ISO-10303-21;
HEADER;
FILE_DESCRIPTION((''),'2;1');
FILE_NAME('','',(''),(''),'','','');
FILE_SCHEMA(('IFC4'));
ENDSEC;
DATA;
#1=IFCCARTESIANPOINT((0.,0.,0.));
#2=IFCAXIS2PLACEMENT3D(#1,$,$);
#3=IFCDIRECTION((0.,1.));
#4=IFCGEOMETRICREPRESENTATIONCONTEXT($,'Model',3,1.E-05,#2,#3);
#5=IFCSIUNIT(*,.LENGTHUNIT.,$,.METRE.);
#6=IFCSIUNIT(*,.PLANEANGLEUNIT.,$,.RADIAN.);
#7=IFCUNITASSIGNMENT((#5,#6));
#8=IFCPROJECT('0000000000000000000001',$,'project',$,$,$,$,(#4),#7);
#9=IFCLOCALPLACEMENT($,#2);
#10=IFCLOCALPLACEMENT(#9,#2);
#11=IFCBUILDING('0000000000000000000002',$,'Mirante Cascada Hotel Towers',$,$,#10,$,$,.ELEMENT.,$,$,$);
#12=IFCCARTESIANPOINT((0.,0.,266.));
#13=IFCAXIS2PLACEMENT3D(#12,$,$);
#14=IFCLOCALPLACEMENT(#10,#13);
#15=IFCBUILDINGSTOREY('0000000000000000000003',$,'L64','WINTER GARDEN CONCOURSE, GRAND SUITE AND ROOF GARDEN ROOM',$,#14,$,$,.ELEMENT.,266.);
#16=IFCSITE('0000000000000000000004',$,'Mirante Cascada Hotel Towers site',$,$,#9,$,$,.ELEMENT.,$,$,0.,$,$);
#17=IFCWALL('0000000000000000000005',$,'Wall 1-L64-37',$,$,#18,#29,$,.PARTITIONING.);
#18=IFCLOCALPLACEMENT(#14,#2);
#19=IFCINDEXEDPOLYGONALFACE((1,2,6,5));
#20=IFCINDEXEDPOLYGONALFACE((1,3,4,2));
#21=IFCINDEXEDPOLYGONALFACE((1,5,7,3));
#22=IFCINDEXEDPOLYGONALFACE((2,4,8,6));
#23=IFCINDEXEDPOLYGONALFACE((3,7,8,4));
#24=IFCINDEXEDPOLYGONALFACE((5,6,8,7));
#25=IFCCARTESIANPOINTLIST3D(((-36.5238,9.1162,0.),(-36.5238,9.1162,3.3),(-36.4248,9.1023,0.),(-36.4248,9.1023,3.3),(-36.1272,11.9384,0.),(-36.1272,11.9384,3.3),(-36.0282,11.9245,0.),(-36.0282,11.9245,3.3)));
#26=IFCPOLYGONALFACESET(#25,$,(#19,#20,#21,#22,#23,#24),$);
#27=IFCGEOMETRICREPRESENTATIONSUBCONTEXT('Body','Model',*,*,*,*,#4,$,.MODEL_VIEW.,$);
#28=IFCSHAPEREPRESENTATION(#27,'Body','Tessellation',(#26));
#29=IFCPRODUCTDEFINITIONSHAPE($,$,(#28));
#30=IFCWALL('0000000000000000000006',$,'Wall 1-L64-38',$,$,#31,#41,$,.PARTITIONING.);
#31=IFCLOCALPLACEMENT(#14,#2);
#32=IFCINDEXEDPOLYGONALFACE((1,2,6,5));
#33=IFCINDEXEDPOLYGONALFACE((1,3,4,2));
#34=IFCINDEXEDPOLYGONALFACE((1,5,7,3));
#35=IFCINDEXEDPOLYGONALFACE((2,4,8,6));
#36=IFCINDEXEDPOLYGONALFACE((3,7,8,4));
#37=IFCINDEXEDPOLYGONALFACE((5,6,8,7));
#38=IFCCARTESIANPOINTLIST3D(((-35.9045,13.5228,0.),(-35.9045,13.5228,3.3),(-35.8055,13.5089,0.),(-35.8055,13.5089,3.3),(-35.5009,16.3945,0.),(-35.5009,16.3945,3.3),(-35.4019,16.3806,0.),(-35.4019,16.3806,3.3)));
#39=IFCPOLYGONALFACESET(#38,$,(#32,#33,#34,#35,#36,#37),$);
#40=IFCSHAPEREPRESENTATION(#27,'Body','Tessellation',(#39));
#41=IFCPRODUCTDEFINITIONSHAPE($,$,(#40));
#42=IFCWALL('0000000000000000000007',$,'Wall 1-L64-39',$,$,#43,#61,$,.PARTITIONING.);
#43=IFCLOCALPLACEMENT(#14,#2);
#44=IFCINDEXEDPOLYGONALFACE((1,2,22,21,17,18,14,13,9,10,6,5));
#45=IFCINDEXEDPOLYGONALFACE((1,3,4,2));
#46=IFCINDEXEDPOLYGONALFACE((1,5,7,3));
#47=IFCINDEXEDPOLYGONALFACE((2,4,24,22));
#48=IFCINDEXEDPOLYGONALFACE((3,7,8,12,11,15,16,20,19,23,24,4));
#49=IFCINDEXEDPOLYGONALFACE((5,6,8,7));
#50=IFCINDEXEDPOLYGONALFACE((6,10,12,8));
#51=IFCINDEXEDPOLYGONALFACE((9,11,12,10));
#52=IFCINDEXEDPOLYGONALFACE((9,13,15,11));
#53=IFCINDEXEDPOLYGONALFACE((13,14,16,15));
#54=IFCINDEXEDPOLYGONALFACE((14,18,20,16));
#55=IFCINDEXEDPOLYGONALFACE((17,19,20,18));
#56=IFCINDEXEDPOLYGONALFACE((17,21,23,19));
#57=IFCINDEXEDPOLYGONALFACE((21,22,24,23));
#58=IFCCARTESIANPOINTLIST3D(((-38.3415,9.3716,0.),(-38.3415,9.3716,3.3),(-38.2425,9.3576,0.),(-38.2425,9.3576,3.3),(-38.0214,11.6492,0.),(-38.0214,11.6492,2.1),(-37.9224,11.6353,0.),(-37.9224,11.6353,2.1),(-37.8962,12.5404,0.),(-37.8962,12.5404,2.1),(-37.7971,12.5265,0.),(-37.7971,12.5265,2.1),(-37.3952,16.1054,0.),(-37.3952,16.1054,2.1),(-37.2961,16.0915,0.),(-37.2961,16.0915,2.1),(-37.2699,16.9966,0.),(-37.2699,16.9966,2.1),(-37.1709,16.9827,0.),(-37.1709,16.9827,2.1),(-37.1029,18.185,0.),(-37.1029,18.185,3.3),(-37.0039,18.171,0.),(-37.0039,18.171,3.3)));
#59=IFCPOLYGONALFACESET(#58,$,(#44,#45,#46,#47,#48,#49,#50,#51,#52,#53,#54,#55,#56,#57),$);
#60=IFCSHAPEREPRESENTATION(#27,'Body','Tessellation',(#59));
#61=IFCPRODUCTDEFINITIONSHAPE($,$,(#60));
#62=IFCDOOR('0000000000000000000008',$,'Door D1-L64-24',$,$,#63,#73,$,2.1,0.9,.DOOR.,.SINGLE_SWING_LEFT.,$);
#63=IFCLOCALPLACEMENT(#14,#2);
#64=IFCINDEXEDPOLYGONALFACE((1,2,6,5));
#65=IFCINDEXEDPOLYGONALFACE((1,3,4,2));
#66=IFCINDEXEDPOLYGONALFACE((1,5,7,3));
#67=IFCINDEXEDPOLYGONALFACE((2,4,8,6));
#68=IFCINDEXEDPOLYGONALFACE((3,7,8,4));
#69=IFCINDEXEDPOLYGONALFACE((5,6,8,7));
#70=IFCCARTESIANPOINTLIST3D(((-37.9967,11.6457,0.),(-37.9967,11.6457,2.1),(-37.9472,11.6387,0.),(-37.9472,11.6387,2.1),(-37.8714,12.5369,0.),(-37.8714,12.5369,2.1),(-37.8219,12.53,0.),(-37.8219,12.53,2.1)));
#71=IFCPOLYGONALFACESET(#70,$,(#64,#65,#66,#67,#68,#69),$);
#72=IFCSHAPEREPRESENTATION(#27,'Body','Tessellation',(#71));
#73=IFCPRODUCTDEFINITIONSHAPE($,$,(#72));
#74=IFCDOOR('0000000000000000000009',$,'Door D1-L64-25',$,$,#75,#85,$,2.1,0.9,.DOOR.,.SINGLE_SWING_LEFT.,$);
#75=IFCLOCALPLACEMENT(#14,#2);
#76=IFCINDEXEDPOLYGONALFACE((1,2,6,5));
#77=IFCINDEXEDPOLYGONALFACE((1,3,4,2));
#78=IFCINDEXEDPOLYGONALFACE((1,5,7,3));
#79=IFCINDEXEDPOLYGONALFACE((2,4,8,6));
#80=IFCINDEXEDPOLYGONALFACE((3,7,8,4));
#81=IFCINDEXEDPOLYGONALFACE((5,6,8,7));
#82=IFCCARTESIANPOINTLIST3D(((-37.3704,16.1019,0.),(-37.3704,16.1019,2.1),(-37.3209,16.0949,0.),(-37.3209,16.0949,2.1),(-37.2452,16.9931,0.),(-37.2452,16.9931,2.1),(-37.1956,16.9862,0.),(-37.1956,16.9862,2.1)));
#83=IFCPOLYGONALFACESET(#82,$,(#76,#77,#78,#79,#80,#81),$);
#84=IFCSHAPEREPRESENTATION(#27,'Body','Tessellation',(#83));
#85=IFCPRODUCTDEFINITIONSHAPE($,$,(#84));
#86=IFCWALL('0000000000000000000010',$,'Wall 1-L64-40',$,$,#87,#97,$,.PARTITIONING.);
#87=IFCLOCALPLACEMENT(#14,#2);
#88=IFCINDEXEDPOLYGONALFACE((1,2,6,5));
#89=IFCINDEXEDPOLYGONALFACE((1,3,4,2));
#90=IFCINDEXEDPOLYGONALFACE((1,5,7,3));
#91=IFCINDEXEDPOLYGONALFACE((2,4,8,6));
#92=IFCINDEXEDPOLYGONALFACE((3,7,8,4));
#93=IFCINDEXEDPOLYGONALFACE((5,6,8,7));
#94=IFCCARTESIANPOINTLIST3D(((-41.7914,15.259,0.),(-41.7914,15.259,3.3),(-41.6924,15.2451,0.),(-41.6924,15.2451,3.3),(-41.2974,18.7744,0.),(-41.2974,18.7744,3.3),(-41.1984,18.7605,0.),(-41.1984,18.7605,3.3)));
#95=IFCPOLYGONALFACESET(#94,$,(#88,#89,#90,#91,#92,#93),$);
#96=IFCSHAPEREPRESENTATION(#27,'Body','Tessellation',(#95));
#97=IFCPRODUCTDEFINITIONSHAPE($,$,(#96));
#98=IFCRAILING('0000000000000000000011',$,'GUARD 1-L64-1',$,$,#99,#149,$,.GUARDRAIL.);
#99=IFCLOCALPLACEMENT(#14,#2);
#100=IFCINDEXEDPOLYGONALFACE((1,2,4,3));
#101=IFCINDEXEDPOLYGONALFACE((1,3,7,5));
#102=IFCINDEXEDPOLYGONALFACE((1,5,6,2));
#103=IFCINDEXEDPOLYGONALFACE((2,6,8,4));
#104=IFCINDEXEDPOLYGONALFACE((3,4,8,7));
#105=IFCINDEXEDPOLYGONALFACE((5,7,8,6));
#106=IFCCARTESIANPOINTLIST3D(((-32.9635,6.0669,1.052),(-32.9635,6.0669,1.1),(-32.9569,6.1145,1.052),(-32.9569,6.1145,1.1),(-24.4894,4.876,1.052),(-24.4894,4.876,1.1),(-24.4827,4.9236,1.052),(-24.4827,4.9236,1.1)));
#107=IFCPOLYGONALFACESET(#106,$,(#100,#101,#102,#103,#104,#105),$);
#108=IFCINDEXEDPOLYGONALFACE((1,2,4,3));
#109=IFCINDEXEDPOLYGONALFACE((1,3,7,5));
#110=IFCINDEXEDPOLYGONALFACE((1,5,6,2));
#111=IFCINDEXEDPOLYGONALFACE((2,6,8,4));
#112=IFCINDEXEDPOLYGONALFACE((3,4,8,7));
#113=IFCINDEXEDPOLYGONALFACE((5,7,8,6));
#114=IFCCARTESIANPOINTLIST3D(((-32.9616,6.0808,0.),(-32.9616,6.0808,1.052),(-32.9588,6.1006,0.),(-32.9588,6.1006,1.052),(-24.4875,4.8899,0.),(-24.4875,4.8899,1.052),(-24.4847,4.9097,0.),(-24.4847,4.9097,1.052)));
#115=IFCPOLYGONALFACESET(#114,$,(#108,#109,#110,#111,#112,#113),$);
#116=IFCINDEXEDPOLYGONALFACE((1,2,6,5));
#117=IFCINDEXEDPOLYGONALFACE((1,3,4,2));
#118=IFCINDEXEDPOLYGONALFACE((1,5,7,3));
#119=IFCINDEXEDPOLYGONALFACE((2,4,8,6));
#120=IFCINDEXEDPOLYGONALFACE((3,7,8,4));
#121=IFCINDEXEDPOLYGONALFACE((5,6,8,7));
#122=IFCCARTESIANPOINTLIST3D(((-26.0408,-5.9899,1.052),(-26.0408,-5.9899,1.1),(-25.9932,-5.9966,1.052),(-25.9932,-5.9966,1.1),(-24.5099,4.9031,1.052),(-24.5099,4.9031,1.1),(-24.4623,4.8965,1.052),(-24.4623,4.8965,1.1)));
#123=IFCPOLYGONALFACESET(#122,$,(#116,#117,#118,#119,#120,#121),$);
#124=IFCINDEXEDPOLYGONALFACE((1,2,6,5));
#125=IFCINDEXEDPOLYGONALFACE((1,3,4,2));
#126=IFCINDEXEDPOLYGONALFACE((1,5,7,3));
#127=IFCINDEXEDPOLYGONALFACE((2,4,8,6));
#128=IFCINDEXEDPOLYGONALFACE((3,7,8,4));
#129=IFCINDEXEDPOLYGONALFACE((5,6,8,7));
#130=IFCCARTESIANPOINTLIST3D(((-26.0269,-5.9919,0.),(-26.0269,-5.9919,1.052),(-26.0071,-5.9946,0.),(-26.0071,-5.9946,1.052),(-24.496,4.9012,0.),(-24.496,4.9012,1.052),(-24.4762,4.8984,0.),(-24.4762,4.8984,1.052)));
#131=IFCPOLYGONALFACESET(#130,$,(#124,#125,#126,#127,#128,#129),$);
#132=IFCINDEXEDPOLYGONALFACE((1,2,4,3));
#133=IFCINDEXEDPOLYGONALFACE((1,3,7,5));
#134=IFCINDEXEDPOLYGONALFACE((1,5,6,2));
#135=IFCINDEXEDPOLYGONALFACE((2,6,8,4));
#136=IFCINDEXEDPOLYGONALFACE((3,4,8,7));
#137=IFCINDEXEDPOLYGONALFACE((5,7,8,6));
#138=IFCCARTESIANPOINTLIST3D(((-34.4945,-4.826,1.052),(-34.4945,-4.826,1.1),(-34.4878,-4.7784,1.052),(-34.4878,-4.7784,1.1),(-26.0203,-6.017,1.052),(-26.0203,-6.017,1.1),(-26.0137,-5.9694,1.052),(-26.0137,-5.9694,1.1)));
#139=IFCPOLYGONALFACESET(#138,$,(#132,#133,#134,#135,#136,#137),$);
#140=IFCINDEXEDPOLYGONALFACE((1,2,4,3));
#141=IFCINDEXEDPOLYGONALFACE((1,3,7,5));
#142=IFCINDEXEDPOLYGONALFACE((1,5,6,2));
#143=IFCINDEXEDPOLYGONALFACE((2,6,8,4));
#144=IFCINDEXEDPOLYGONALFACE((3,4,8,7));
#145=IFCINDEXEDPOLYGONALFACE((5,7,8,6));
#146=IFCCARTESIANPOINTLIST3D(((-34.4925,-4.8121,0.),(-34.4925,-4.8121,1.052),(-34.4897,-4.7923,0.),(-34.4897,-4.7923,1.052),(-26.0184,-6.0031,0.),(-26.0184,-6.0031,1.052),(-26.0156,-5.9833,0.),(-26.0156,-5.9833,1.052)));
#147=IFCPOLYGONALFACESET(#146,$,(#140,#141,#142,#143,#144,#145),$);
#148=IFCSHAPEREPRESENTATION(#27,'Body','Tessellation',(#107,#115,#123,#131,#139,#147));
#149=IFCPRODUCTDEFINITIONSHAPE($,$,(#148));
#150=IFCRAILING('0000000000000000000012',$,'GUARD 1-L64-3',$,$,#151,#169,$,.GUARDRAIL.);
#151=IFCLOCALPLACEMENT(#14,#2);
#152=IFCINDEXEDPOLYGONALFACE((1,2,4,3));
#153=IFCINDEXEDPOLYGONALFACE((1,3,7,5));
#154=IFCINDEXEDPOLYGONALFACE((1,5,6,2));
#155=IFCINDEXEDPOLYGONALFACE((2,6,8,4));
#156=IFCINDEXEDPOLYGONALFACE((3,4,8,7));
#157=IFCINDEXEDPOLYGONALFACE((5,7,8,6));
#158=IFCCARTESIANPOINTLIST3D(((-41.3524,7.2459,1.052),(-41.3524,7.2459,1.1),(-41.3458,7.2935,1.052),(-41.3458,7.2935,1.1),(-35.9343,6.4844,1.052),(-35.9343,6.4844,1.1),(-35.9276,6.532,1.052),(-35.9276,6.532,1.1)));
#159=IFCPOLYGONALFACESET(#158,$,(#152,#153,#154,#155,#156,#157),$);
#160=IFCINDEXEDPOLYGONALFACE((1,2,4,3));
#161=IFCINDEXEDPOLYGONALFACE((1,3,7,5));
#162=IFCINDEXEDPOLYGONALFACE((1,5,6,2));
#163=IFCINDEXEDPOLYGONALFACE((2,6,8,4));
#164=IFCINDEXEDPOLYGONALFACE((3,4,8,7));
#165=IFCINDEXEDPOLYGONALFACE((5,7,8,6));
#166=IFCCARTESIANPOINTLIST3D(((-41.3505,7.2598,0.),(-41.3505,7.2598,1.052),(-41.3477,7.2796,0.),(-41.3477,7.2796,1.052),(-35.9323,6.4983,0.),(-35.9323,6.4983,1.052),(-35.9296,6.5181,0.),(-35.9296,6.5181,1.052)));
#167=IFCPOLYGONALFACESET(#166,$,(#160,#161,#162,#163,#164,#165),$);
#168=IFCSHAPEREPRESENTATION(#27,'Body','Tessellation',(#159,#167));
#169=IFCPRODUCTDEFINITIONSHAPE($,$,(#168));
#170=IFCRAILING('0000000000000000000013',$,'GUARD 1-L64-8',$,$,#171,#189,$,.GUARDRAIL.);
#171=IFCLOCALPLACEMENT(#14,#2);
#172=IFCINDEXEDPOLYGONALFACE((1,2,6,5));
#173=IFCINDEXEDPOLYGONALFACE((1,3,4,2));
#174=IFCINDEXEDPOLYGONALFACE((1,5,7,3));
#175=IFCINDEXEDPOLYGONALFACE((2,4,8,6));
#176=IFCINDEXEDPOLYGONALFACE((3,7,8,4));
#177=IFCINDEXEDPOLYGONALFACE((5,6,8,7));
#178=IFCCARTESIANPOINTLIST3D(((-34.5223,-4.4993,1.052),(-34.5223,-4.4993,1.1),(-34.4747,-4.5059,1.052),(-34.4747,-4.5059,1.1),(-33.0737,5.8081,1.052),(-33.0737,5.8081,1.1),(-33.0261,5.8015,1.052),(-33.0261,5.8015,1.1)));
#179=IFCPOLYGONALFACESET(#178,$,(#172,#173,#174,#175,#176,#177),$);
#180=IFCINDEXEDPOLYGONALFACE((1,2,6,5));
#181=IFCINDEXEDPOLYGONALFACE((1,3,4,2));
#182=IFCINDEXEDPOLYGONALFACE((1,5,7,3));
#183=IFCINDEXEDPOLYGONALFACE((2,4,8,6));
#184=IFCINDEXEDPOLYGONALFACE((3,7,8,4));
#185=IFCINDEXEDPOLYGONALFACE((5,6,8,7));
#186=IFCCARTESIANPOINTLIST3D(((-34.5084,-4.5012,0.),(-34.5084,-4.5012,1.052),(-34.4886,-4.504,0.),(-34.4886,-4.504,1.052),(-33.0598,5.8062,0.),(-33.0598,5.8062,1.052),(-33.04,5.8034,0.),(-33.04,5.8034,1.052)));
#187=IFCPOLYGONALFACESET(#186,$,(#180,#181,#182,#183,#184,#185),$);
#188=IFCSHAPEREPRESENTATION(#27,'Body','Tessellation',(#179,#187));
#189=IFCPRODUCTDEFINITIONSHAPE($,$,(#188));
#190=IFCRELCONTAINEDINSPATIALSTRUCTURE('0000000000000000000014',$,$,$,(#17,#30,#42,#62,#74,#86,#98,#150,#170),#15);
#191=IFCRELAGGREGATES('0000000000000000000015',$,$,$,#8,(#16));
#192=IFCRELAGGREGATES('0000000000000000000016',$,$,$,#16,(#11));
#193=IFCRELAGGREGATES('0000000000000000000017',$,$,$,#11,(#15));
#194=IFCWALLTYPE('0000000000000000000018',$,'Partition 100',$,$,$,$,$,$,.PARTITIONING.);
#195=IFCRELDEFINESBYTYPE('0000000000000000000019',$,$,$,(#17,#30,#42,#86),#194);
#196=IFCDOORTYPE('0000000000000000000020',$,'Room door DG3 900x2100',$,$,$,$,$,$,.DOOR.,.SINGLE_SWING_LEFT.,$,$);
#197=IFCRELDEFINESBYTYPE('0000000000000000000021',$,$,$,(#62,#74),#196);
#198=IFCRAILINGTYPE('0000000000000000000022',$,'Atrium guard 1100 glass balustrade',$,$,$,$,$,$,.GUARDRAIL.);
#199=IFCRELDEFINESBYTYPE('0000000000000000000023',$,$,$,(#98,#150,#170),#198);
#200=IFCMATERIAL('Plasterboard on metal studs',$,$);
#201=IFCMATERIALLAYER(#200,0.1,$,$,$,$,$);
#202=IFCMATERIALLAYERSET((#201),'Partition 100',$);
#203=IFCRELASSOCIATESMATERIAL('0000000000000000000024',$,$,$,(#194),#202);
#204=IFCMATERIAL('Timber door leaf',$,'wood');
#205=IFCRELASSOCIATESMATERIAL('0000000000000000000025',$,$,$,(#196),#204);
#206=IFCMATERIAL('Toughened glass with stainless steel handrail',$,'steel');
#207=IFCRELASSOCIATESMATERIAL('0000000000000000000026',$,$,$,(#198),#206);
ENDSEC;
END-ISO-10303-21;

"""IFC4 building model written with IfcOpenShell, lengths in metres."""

from ifc_helpers import new_model, si_unit, direction, frame, frame_2d, origin, origin_2d, place, context, subcontext, project, spatial, rectangle, extrude, material, layer, layer_set, type_object, element, fill, save


model = new_model("IFC4")

# Units and contexts
model_context = context("Model", 3, precision=1e-05, world=origin(), true_north=direction((0.0, 1.0)))
body_context = subcontext(model_context, "Body", "Model", "MODEL_VIEW")
ifc_project = project(units=[si_unit("LENGTHUNIT", "METRE"), si_unit("PLANEANGLEUNIT", "RADIAN")], contexts=[model_context])

# Site, building, storey
site_placement = place(None, origin())
site = spatial("IfcSite", under=ifc_project, at=site_placement, Name="Mirante Cascada Hotel Towers site", CompositionType="ELEMENT", RefElevation=0.0)
building_placement = place(site_placement, origin())
building = spatial("IfcBuilding", under=site, at=building_placement, Name="Mirante Cascada Hotel Towers", CompositionType="ELEMENT")
storey_placement = place(building_placement, frame((0.0, 0.0, 266.0)))
storey = spatial("IfcBuildingStorey", under=building, at=storey_placement, Name="L64", Description="WINTER GARDEN CONCOURSE, GRAND SUITE AND ROOF GARDEN ROOM", CompositionType="ELEMENT", Elevation=266.0)

# Shared definitions
ifc_material_1 = material(Name="Plasterboard on metal studs")
ifc_layer_1 = layer(ifc_material_1, 0.1)
ifc_layer_set_1 = layer_set([ifc_layer_1], Name="Partition 100")
wall_type_1 = type_object("IfcWallType", Name="Partition 100", PredefinedType="PARTITIONING", material=ifc_layer_set_1)

# Walls
wall_1_placement = place(storey_placement, frame((-36.4743, 9.1092, 0.0), z_axis=(0.0, 0.0, 1.0), x_axis=(0.139161, 0.99027, 0.0)))
element("IfcWall", 1, at=wall_1_placement, inside=storey, type_object=wall_type_1, Name="Wall 1-L64-37", PredefinedType="PARTITIONING", context=body_context, shape_type="SweptSolid", body=[
    extrude(rectangle(XDim=2.8499, YDim=0.1, at=frame_2d((1.425, 0.0))), origin(), (0.0, 0.0, 1.0), 3.3),
])
wall_2_placement = place(storey_placement, frame((-35.4514, 16.3876, 0.0), z_axis=(0.0, 0.0, 1.0), x_axis=(-0.139176, -0.990268, 0.0)))
element("IfcWall", 2, at=wall_2_placement, inside=storey, type_object=wall_type_1, Name="Wall 1-L64-38", PredefinedType="PARTITIONING", context=body_context, shape_type="SweptSolid", body=[
    extrude(rectangle(XDim=2.8999, YDim=0.1, at=frame_2d((1.45, 0.0))), origin(), (0.0, 0.0, 1.0), 3.3),
])

# Wall, openings, doors
wall_3_placement = place(storey_placement, frame((-38.292, 9.3646, 0.0), z_axis=(0.0, 0.0, 1.0), x_axis=(0.139168, 0.990269, 0.0)))
wall_3 = element("IfcWall", 3, at=wall_3_placement, inside=storey, type_object=wall_type_1, Name="Wall 1-L64-39", PredefinedType="PARTITIONING", context=body_context, shape_type="SweptSolid", body=[
    extrude(rectangle(XDim=8.9, YDim=0.1, at=frame_2d((4.45, 0.0))), origin(), (0.0, 0.0, 1.0), 3.3),
])
opening_1_placement = place(wall_3_placement, frame((2.3, 0.0, 0.0)))
opening_1 = element("IfcOpeningElement", 4, at=opening_1_placement, cuts=wall_3, PredefinedType="OPENING", context=body_context, shape_type="SweptSolid", body=[
    extrude(rectangle(XDim=0.9, YDim=2.1, at=frame_2d((0.45, 1.05))), frame((0.0, 0.05, 0.0), z_axis=(0.0, -1.0, 0.0), x_axis=(1.0, 0.0, 0.0)), (0.0, 0.0, 1.0), 0.1),
])
opening_2_placement = place(wall_3_placement, frame((6.8, 0.0, 0.0)))
opening_2 = element("IfcOpeningElement", 5, at=opening_2_placement, cuts=wall_3, PredefinedType="OPENING", context=body_context, shape_type="SweptSolid", body=[
    extrude(rectangle(XDim=0.9, YDim=2.1, at=frame_2d((0.45, 1.05))), frame((0.0, 0.05, 0.0), z_axis=(0.0, -1.0, 0.0), x_axis=(1.0, 0.0, 0.0)), (0.0, 0.0, 1.0), 0.1),
])
ifc_material_2 = material(Name="Timber door leaf", Category="wood")
door_type_1 = type_object("IfcDoorType", Name="Room door DG3 900x2100", OperationType="SINGLE_SWING_LEFT", PredefinedType="DOOR", material=ifc_material_2)
door_1_placement = place(opening_1_placement, origin())
door_1 = element("IfcDoor", 6, at=door_1_placement, inside=storey, type_object=door_type_1, Name="Door D1-L64-24", OperationType="SINGLE_SWING_LEFT", OverallHeight=2.1, OverallWidth=0.9, PredefinedType="DOOR", context=body_context, shape_type="SweptSolid", body=[
    extrude(rectangle(XDim=0.9, YDim=2.1, at=frame_2d((0.45, 1.05))), frame((0.0, 0.025, 0.0), z_axis=(0.0, -1.0, 0.0), x_axis=(1.0, 0.0, 0.0)), (0.0, 0.0, 1.0), 0.05),
])
fill(opening_1, door_1)
door_2_placement = place(opening_2_placement, origin())
door_2 = element("IfcDoor", 7, at=door_2_placement, inside=storey, type_object=door_type_1, Name="Door D1-L64-25", OperationType="SINGLE_SWING_LEFT", OverallHeight=2.1, OverallWidth=0.9, PredefinedType="DOOR", context=body_context, shape_type="SweptSolid", body=[
    extrude(rectangle(XDim=0.9, YDim=2.1, at=frame_2d((0.45, 1.05))), frame((0.0, 0.025, 0.0), z_axis=(0.0, -1.0, 0.0), x_axis=(1.0, 0.0, 0.0)), (0.0, 0.0, 1.0), 0.05),
])
fill(opening_2, door_2)

# Wall
wall_4_placement = place(storey_placement, frame((-41.2479, 18.7675, 0.0), z_axis=(0.0, 0.0, 1.0), x_axis=(-0.139157, -0.99027, 0.0)))
element("IfcWall", 8, at=wall_4_placement, inside=storey, type_object=wall_type_1, Name="Wall 1-L64-40", PredefinedType="PARTITIONING", context=body_context, shape_type="SweptSolid", body=[
    extrude(rectangle(XDim=3.5499, YDim=0.1, at=frame_2d((1.775, 0.0))), origin(), (0.0, 0.0, 1.0), 3.3),
])

# Railings
ifc_material_3 = material(Name="Toughened glass with stainless steel handrail", Category="steel")
railing_type = type_object("IfcRailingType", Name="Atrium guard 1100 glass balustrade", PredefinedType="GUARDRAIL", material=ifc_material_3)
railing_1_placement = place(storey_placement, frame((-32.9602, 6.0907, 0.0)))
element("IfcRailing", 9, at=railing_1_placement, inside=storey, type_object=railing_type, Name="GUARD 1-L64-1", PredefinedType="GUARDRAIL", context=body_context, shape_type="SweptSolid", body=[
    extrude(rectangle(XDim=0.048, YDim=0.048, at=origin_2d()), frame((0.0, 0.0, 1.076), z_axis=(0.990269, -0.139167, 0.0), x_axis=(0.139167, 0.990269, 0.0)), (0.0, 0.0, 1.0), 8.5574),
    extrude(rectangle(XDim=0.02, YDim=1.052, at=origin_2d()), frame((0.0, 0.0, 0.526), z_axis=(0.990269, -0.139167, 0.0), x_axis=(0.139167, 0.990269, 0.0)), (0.0, 0.0, 1.0), 8.5574),
    extrude(rectangle(XDim=0.048, YDim=0.048, at=origin_2d()), frame((8.4741, -1.1909, 1.076), z_axis=(-0.139172, -0.990268, 0.0), x_axis=(0.990268, -0.139172, 0.0)), (0.0, 0.0, 1.0), 11.0001),
    extrude(rectangle(XDim=0.02, YDim=1.052, at=origin_2d()), frame((8.4741, -1.1909, 0.526), z_axis=(-0.139172, -0.990268, 0.0), x_axis=(0.990268, -0.139172, 0.0)), (0.0, 0.0, 1.0), 11.0001),
    extrude(rectangle(XDim=0.048, YDim=0.048, at=origin_2d()), frame((6.9432, -12.0839, 1.076), z_axis=(-0.990267, 0.139178, 0.0), x_axis=(-0.139178, -0.990267, 0.0)), (0.0, 0.0, 1.0), 8.5574),
    extrude(rectangle(XDim=0.02, YDim=1.052, at=origin_2d()), frame((6.9432, -12.0839, 0.526), z_axis=(-0.990267, 0.139178, 0.0), x_axis=(-0.139178, -0.990267, 0.0)), (0.0, 0.0, 1.0), 8.5574),
])
railing_2_placement = place(storey_placement, frame((-41.3491, 7.2697, 0.0)))
element("IfcRailing", 10, at=railing_2_placement, inside=storey, type_object=railing_type, Name="GUARD 1-L64-3", PredefinedType="GUARDRAIL", context=body_context, shape_type="SweptSolid", body=[
    extrude(rectangle(XDim=0.048, YDim=0.048, at=origin_2d()), frame((0.0, 0.0, 1.076), z_axis=(0.990267, -0.13918, 0.0), x_axis=(0.13918, 0.990267, 0.0)), (0.0, 0.0, 1.0), 5.4714),
    extrude(rectangle(XDim=0.02, YDim=1.052, at=origin_2d()), frame((0.0, 0.0, 0.526), z_axis=(0.990267, -0.13918, 0.0), x_axis=(0.13918, 0.990267, 0.0)), (0.0, 0.0, 1.0), 5.4714),
])
railing_3_placement = place(storey_placement, frame((-33.0499, 5.8048, 0.0)))
element("IfcRailing", 11, at=railing_3_placement, inside=storey, type_object=railing_type, Name="GUARD 1-L64-8", PredefinedType="GUARDRAIL", context=body_context, shape_type="SweptSolid", body=[
    extrude(rectangle(XDim=0.048, YDim=0.048, at=origin_2d()), frame((0.0, 0.0, 1.076), z_axis=(-0.139172, -0.990268, 0.0), x_axis=(0.990268, -0.139172, 0.0)), (0.0, 0.0, 1.0), 10.4087),
    extrude(rectangle(XDim=0.02, YDim=1.052, at=origin_2d()), frame((0.0, 0.0, 0.526), z_axis=(-0.139172, -0.990268, 0.0), x_axis=(0.990268, -0.139172, 0.0)), (0.0, 0.0, 1.0), 10.4087),
])

save(model, "model.ifc")
